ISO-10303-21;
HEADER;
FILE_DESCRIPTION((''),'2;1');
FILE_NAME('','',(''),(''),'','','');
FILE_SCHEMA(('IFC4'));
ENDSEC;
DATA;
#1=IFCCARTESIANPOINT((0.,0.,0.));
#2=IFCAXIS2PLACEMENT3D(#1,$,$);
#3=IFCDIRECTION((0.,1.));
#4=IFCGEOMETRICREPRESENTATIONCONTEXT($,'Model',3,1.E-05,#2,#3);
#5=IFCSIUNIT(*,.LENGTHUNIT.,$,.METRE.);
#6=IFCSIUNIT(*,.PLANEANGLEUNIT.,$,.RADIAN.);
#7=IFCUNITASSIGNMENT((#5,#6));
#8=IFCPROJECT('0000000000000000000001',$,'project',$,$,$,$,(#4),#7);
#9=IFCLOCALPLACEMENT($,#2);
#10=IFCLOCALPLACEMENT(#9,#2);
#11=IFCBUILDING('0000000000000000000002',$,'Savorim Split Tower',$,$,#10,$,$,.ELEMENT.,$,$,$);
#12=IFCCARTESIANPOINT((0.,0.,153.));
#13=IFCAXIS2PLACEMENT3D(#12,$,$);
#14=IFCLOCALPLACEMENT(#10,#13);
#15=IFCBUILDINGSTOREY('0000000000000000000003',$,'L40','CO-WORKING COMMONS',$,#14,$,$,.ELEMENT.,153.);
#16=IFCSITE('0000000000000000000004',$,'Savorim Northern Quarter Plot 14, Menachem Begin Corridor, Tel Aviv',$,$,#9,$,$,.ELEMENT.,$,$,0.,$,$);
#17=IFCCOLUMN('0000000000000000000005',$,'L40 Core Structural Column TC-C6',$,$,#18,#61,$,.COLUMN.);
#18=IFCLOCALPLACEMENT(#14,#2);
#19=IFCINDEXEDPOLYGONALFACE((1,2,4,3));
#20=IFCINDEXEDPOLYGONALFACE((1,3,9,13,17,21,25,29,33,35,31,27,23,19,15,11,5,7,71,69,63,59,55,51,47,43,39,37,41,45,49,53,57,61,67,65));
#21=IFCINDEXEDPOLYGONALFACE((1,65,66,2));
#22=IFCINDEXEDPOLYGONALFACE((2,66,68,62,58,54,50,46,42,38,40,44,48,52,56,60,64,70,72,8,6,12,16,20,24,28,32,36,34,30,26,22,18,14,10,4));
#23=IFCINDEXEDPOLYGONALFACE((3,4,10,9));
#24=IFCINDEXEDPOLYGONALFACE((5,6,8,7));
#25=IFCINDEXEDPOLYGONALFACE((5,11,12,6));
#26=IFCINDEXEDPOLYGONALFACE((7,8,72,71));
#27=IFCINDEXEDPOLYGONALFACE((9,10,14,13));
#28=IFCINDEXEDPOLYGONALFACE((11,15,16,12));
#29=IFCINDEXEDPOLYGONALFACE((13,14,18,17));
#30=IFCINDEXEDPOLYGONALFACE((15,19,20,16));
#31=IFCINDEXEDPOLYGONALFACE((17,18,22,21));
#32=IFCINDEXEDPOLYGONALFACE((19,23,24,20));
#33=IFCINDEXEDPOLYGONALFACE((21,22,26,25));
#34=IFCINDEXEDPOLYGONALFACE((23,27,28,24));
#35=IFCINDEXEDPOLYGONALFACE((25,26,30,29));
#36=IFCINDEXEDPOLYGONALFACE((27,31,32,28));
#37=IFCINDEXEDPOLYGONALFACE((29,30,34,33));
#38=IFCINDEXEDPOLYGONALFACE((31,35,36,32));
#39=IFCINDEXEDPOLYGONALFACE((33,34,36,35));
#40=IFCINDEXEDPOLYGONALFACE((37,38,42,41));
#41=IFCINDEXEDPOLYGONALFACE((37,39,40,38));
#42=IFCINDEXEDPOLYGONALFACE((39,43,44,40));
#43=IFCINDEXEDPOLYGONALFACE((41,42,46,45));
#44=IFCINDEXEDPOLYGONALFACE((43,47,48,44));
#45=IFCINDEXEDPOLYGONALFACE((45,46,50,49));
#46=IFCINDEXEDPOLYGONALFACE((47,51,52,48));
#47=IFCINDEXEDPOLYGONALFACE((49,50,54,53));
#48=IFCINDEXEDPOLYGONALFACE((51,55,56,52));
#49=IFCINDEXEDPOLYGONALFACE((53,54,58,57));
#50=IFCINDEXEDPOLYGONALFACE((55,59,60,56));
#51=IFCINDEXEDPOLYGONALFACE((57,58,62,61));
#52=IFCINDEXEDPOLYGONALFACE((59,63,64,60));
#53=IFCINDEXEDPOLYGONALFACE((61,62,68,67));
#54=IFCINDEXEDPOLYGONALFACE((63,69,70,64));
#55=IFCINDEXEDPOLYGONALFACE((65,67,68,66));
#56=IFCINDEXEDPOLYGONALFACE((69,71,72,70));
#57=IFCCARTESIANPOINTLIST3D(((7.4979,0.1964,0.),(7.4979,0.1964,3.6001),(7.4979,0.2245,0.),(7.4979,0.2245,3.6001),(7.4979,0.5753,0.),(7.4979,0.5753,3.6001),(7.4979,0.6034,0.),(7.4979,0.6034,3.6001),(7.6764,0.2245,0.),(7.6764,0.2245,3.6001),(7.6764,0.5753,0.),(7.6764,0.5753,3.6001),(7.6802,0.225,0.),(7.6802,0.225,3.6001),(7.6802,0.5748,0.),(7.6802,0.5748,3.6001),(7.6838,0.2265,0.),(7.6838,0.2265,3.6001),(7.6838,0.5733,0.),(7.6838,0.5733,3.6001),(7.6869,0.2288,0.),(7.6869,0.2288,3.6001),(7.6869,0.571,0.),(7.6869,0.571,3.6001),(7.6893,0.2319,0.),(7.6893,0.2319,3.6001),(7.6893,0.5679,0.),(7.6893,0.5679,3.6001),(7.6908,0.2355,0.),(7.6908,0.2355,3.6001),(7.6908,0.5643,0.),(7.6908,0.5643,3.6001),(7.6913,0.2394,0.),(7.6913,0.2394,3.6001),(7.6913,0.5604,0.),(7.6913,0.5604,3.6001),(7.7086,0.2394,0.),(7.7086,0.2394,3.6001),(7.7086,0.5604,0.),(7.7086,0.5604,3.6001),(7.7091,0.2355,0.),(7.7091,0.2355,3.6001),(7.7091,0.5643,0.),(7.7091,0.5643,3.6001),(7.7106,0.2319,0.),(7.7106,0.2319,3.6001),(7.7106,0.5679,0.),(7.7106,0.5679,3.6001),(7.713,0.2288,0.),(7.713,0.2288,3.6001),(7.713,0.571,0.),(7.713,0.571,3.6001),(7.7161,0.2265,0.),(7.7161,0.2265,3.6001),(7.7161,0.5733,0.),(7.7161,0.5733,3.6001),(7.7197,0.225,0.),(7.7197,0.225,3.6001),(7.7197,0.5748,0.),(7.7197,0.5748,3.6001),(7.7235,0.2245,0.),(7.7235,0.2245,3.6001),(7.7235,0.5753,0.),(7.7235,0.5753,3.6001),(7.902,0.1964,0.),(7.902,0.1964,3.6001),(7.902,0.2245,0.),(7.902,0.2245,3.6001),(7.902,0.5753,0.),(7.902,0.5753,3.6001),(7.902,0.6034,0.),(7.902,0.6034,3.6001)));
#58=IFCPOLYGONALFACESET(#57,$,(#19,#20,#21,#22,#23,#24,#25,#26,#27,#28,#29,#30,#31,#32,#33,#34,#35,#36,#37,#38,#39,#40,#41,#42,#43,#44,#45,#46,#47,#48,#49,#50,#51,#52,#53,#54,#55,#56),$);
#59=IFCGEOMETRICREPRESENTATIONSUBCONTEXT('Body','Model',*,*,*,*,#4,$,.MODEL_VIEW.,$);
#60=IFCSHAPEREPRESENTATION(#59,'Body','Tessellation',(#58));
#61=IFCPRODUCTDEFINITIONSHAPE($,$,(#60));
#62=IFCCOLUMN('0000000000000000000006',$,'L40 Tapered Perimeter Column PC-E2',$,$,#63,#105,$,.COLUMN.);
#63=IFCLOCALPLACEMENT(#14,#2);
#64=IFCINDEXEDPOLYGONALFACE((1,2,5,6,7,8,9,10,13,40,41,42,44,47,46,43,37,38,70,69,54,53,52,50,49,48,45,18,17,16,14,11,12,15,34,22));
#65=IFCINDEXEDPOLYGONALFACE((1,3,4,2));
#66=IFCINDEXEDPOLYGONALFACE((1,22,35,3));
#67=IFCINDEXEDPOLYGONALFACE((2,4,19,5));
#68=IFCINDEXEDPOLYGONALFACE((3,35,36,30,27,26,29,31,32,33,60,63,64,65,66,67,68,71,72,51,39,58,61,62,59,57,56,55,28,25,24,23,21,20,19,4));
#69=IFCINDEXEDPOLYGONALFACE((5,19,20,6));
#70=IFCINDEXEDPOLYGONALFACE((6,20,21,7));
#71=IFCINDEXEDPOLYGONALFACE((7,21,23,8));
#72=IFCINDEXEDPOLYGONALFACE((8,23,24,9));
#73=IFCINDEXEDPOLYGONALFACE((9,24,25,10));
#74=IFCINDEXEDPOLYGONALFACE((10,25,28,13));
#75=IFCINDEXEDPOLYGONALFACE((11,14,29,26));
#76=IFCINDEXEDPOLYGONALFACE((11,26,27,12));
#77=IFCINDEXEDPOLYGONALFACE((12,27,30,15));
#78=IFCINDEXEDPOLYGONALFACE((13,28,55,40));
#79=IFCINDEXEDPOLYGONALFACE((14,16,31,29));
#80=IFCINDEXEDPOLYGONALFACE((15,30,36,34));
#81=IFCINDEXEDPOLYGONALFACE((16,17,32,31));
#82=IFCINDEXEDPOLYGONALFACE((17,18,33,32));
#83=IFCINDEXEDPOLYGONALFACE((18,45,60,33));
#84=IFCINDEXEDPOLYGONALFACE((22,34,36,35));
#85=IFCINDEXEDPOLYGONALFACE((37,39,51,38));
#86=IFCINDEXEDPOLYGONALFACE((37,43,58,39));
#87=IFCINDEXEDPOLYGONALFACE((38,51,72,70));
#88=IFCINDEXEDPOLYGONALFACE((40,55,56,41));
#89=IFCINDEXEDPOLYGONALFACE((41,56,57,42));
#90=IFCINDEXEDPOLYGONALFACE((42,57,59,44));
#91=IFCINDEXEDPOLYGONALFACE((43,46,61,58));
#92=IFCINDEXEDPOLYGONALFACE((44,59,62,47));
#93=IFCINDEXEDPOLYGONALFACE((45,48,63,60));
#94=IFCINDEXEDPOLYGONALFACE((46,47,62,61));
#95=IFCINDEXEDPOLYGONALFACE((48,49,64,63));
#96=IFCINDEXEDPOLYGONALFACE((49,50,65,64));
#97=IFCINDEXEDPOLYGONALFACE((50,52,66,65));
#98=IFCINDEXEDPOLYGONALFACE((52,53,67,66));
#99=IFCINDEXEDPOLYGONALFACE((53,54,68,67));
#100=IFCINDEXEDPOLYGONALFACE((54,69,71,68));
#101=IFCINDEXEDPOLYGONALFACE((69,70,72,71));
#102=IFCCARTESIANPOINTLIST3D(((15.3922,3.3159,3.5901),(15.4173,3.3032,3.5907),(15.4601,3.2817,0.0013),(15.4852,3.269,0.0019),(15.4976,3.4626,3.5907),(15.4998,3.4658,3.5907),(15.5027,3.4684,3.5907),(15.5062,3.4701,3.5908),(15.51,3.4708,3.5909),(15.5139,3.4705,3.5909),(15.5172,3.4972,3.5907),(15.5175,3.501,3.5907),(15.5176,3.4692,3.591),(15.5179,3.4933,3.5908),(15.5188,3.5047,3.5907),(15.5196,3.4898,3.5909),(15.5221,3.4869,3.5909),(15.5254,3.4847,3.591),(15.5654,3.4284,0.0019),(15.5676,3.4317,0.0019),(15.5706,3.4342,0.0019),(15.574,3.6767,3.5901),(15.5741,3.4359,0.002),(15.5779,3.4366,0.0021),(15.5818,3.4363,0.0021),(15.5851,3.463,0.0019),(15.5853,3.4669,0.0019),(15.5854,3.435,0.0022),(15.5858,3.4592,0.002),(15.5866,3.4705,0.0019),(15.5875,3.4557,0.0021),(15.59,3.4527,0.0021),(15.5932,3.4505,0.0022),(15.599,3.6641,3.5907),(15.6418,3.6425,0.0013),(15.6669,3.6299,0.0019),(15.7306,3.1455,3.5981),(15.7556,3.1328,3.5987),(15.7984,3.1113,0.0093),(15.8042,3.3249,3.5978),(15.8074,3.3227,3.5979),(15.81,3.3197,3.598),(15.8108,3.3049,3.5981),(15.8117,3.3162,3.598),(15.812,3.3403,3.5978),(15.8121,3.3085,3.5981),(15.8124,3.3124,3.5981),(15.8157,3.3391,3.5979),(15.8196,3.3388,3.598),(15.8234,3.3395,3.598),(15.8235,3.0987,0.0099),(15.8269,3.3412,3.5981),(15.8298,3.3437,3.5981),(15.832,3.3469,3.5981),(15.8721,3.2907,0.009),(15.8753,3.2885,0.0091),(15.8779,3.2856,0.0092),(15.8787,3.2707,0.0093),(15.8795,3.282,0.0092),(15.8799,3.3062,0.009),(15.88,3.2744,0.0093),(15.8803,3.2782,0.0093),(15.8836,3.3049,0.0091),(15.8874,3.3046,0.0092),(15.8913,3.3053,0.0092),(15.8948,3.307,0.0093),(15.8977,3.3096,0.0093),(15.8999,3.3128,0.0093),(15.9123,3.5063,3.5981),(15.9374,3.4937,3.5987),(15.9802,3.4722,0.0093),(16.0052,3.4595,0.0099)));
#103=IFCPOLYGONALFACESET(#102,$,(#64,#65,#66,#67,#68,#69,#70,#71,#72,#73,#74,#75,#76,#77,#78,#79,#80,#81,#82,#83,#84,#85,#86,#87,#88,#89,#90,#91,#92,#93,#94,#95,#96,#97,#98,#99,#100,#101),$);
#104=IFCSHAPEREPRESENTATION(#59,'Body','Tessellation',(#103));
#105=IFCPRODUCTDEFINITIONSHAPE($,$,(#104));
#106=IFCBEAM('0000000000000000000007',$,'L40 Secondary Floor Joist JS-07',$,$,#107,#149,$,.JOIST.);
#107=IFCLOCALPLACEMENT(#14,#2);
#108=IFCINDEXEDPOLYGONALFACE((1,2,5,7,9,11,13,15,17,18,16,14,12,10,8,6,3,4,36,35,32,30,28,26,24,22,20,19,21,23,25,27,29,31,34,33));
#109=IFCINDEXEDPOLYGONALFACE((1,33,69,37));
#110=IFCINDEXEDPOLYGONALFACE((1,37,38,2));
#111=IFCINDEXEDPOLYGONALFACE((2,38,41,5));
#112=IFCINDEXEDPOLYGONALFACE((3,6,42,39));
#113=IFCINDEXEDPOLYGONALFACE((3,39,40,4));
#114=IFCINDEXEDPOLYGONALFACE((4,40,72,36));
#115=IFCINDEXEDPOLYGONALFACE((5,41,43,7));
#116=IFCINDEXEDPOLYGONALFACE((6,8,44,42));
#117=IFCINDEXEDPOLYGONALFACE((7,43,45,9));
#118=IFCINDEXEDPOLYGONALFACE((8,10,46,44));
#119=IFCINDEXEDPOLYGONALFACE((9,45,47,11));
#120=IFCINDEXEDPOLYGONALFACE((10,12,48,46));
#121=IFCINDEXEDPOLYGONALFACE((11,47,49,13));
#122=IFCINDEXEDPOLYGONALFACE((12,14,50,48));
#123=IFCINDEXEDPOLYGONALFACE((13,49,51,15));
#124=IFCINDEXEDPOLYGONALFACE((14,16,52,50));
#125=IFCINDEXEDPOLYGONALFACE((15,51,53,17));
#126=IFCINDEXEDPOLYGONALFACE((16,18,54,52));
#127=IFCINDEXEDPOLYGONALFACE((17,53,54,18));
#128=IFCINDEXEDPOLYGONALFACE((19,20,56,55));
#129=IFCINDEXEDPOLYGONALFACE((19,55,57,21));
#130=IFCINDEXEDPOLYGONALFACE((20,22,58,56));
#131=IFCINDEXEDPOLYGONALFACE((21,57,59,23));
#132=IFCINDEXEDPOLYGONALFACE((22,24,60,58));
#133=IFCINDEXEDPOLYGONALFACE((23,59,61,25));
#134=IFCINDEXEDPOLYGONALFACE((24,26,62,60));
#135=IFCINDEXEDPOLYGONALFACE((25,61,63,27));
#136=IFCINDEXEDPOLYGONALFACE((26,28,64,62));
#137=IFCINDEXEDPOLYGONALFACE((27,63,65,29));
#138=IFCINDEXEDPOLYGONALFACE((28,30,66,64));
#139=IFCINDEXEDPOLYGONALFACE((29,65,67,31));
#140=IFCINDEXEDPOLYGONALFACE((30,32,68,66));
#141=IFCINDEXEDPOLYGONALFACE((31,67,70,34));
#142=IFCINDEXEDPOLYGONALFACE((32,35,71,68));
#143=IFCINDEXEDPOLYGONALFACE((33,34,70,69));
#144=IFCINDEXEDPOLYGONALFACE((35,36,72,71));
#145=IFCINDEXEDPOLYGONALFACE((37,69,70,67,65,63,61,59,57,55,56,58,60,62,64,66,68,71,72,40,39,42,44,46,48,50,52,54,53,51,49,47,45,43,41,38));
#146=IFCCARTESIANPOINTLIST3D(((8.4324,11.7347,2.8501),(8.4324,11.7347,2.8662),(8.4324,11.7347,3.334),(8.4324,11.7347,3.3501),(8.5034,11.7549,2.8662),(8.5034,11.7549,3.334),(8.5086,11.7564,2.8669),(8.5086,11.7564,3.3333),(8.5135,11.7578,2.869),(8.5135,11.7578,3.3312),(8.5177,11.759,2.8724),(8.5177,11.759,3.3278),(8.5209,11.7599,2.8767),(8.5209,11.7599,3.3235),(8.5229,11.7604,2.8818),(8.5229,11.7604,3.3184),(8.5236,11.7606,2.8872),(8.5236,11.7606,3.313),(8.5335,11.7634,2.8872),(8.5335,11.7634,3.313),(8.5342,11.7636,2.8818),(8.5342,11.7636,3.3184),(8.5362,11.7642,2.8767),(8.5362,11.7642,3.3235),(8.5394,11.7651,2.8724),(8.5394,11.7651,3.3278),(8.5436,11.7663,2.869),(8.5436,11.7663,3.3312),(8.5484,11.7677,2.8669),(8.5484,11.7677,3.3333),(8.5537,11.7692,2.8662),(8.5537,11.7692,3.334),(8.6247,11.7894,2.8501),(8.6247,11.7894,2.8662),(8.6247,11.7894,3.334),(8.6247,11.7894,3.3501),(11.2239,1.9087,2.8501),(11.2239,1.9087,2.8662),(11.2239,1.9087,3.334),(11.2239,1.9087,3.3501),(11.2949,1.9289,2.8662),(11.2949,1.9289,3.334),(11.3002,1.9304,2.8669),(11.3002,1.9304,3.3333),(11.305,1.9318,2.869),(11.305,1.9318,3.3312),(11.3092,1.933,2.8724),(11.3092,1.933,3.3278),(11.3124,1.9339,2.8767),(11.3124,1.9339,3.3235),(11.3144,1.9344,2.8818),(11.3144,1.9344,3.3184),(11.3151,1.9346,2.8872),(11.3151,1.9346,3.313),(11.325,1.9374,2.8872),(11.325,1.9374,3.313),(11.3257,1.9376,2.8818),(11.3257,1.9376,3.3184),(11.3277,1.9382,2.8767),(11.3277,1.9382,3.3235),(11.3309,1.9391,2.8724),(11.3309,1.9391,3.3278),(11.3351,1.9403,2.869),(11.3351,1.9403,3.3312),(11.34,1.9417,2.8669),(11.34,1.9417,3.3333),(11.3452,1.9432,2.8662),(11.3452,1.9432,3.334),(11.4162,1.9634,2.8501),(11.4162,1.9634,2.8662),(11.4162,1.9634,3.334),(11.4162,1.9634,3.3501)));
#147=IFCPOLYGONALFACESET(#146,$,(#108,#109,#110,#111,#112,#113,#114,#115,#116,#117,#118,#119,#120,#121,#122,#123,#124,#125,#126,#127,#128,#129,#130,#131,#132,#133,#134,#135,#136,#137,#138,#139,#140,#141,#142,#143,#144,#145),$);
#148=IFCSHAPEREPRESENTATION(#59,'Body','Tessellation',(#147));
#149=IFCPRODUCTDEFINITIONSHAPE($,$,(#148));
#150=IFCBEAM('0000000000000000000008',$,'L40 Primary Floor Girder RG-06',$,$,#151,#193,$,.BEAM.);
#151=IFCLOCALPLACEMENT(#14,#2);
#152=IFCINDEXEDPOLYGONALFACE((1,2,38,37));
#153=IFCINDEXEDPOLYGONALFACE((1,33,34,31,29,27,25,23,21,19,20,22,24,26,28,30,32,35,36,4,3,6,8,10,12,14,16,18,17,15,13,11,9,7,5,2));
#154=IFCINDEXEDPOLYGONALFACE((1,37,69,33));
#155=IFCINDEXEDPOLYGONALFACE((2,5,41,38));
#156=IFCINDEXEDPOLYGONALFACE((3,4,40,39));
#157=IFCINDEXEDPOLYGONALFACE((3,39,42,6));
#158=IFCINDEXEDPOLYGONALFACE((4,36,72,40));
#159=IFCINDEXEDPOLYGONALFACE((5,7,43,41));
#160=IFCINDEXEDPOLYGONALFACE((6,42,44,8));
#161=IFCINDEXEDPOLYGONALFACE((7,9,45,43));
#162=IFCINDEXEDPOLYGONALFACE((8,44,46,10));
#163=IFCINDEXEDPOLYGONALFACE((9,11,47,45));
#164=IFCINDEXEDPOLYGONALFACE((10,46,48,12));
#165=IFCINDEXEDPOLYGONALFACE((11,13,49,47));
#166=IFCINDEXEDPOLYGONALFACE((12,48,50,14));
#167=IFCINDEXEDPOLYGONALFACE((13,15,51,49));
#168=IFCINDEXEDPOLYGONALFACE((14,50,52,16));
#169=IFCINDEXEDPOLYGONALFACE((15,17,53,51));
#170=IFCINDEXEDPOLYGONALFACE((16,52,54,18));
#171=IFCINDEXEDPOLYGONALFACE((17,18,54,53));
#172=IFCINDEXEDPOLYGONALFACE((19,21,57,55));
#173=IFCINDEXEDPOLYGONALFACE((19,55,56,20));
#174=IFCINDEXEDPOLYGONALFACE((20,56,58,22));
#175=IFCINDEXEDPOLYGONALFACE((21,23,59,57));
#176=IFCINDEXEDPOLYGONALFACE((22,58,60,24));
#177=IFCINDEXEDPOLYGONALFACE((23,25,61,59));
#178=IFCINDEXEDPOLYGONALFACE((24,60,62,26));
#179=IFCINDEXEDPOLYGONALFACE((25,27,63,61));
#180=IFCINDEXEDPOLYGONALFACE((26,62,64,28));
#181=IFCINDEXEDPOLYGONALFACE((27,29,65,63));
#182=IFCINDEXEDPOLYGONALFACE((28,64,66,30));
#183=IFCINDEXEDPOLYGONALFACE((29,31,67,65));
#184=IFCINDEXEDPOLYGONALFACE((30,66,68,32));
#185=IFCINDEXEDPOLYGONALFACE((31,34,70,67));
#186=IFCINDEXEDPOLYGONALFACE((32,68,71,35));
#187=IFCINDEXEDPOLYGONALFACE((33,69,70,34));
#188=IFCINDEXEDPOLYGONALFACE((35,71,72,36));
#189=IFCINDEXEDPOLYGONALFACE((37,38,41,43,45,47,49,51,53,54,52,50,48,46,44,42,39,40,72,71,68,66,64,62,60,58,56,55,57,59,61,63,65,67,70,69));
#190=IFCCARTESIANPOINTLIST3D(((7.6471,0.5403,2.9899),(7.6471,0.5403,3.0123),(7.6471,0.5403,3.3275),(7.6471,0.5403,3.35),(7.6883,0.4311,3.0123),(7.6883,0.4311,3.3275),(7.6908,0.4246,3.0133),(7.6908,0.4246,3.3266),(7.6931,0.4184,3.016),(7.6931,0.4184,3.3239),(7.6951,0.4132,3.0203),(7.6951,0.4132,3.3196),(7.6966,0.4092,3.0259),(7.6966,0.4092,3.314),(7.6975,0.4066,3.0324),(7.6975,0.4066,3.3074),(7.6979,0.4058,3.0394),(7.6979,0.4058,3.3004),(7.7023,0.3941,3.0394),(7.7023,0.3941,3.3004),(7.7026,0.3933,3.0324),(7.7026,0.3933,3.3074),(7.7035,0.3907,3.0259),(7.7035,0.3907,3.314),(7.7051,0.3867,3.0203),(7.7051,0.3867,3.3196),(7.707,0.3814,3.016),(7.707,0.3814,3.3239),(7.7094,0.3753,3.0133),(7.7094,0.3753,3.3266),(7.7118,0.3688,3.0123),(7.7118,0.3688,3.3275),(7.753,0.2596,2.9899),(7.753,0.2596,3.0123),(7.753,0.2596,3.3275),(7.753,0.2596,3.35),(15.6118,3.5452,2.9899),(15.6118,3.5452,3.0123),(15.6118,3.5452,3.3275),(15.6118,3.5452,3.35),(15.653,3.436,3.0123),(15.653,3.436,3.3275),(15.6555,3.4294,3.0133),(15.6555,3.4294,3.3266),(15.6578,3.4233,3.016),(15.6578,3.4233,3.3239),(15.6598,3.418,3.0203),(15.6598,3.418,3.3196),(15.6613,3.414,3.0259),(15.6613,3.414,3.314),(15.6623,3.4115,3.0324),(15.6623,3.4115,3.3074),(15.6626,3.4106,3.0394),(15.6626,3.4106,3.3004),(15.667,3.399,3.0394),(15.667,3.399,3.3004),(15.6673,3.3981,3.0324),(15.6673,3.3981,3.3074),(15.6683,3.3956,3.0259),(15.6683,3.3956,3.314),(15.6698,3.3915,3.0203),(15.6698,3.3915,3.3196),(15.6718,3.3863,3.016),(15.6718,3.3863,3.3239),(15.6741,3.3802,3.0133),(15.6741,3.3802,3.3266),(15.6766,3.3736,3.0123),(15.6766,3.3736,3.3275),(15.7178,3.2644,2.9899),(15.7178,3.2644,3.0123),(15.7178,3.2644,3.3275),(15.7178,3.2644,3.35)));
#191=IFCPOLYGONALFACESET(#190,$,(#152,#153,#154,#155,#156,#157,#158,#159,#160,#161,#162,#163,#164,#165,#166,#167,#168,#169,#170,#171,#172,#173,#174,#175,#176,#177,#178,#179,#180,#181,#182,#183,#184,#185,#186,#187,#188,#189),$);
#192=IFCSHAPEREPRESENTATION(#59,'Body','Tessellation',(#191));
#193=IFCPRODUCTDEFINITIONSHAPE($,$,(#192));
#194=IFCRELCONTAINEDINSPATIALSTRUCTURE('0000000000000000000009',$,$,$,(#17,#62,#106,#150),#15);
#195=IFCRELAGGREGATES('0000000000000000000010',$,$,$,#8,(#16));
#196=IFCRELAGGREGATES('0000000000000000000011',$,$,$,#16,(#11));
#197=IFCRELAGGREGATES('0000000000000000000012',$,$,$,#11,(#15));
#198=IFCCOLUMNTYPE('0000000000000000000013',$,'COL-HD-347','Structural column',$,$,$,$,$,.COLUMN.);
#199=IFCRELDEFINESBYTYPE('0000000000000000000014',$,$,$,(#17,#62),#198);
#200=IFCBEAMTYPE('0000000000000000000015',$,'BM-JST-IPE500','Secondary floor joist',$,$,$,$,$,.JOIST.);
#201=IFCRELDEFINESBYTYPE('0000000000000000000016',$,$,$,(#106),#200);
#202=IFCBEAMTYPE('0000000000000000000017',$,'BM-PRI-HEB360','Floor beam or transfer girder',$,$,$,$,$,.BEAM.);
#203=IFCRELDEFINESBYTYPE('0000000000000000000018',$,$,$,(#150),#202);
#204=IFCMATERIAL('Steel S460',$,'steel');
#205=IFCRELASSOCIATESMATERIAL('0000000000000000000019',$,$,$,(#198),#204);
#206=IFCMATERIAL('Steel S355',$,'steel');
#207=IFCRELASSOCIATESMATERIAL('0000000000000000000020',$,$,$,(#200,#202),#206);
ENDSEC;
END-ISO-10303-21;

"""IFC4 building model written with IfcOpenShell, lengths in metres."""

from ifc_helpers import new_model, si_unit, direction, frame, origin, origin_2d, place, context, subcontext, project, spatial, i_section, extrude, material, material_profile, profile_set, type_object, element, save


model = new_model("IFC4")

# Units and contexts
model_context = context("Model", 3, precision=1e-05, world=origin(), true_north=direction((0.0, 1.0)))
body_context = subcontext(model_context, "Body", "Model", "MODEL_VIEW")
ifc_project = project(units=[si_unit("LENGTHUNIT", "METRE"), si_unit("PLANEANGLEUNIT", "RADIAN")], contexts=[model_context])

# Site, building, storey
site_placement = place(None, origin())
site = spatial("IfcSite", under=ifc_project, at=site_placement, Name="Savorim Northern Quarter Plot 14, Menachem Begin Corridor, Tel Aviv", CompositionType="ELEMENT", RefElevation=0.0)
building_placement = place(site_placement, origin())
building = spatial("IfcBuilding", under=site, at=building_placement, Name="Savorim Split Tower", CompositionType="ELEMENT")
storey_placement = place(building_placement, frame((0.0, 0.0, 153.0)))
storey = spatial("IfcBuildingStorey", under=building, at=storey_placement, Name="L40", Description="CO-WORKING COMMONS", CompositionType="ELEMENT", Elevation=153.0)

# Columns
ifc_material_1 = material(Name="Steel S460", Category="steel")
ifc_material_profile_1 = material_profile(ifc_material_1, i_section(OverallWidth=0.4041, OverallDepth=0.407, WebThickness=0.0173, FlangeThickness=0.0281, FilletRadius=0.0149, at=origin_2d()), Name="HD 400x347")
ifc_profile_set_1 = profile_set([ifc_material_profile_1], Name="Steel S460")
column_type = type_object("IfcColumnType", Name="COL-HD-347", Description="Structural column", PredefinedType="COLUMN", material=ifc_profile_set_1)
column_1_placement = place(storey_placement, frame((7.7, 0.3999, 0.0), z_axis=(0.0, 0.0, 1.0), x_axis=(1.0, 0.0, 0.0)))
element("IfcColumn", 1, at=column_1_placement, inside=storey, type_object=column_type, Name="L40 Core Structural Column TC-C6", PredefinedType="COLUMN", context=body_context, shape_type="SweptSolid", body=[
    extrude(i_section(OverallWidth=0.4041, OverallDepth=0.407, WebThickness=0.0173, FlangeThickness=0.0281, FilletRadius=0.0149, at=origin_2d()), origin(), (0.0, 0.0, 1.0), 3.6001),
])
column_2_placement = place(storey_placement, frame((15.7327, 3.3706, 0.0056), z_axis=(-0.018907, 0.009522, 0.999776), x_axis=(-0.449782, -0.893138, 0.0)))
element("IfcColumn", 2, at=column_2_placement, inside=storey, type_object=column_type, Name="L40 Tapered Perimeter Column PC-E2", PredefinedType="COLUMN", context=body_context, shape_type="SweptSolid", body=[
    extrude(i_section(OverallWidth=0.4041, OverallDepth=0.407, WebThickness=0.0173, FlangeThickness=0.0281, FilletRadius=0.0149, at=origin_2d()), origin(), (0.0, 0.0, 1.0), 3.5896),
])

# Beams
ifc_material_2 = material(Name="Steel S355", Category="steel")
ifc_material_profile_2 = material_profile(ifc_material_2, i_section(OverallWidth=0.2, OverallDepth=0.5, WebThickness=0.0103, FlangeThickness=0.0161, FilletRadius=0.021, at=origin_2d()), Name="IPE 500")
ifc_profile_set_2 = profile_set([ifc_material_profile_2], Name="Steel S355")
beam_type_1 = type_object("IfcBeamType", Name="BM-JST-IPE500", Description="Secondary floor joist", PredefinedType="JOIST", material=ifc_profile_set_2)
beam_1_placement = place(storey_placement, frame((11.3201, 1.936, 3.1001), z_axis=(-0.273281, 0.961934, 0.0), x_axis=(-0.961934, -0.273281, 0.0)))
element("IfcBeam", 3, at=beam_1_placement, inside=storey, type_object=beam_type_1, Name="L40 Secondary Floor Joist JS-07", PredefinedType="JOIST", context=body_context, shape_type="SweptSolid", body=[
    extrude(i_section(OverallWidth=0.2, OverallDepth=0.5, WebThickness=0.0103, FlangeThickness=0.0161, FilletRadius=0.021, at=origin_2d()), origin(), (0.0, 0.0, 1.0), 10.2148),
])
ifc_material_profile_3 = material_profile(ifc_material_2, i_section(OverallWidth=0.3, OverallDepth=0.3601, WebThickness=0.0125, FlangeThickness=0.0225, FilletRadius=0.0271, at=origin_2d()), Name="HEB 360")
ifc_profile_set_3 = profile_set([ifc_material_profile_3], Name="Steel S355")
beam_type_2 = type_object("IfcBeamType", Name="BM-PRI-HEB360", Description="Floor beam or transfer girder", PredefinedType="BEAM", material=ifc_profile_set_3)
beam_2_placement = place(storey_placement, frame((15.6648, 3.4048, 3.1699), z_axis=(-0.93563, -0.352983, 0.0), x_axis=(0.352983, -0.93563, 0.0)))
element("IfcBeam", 4, at=beam_2_placement, inside=storey, type_object=beam_type_2, Name="L40 Primary Floor Girder RG-06", PredefinedType="BEAM", context=body_context, shape_type="SweptSolid", body=[
    extrude(i_section(OverallWidth=0.3, OverallDepth=0.3601, WebThickness=0.0125, FlangeThickness=0.0225, FilletRadius=0.0271, at=origin_2d()), origin(), (0.0, 0.0, 1.0), 8.5127),
])

save(model, "model.ifc")
